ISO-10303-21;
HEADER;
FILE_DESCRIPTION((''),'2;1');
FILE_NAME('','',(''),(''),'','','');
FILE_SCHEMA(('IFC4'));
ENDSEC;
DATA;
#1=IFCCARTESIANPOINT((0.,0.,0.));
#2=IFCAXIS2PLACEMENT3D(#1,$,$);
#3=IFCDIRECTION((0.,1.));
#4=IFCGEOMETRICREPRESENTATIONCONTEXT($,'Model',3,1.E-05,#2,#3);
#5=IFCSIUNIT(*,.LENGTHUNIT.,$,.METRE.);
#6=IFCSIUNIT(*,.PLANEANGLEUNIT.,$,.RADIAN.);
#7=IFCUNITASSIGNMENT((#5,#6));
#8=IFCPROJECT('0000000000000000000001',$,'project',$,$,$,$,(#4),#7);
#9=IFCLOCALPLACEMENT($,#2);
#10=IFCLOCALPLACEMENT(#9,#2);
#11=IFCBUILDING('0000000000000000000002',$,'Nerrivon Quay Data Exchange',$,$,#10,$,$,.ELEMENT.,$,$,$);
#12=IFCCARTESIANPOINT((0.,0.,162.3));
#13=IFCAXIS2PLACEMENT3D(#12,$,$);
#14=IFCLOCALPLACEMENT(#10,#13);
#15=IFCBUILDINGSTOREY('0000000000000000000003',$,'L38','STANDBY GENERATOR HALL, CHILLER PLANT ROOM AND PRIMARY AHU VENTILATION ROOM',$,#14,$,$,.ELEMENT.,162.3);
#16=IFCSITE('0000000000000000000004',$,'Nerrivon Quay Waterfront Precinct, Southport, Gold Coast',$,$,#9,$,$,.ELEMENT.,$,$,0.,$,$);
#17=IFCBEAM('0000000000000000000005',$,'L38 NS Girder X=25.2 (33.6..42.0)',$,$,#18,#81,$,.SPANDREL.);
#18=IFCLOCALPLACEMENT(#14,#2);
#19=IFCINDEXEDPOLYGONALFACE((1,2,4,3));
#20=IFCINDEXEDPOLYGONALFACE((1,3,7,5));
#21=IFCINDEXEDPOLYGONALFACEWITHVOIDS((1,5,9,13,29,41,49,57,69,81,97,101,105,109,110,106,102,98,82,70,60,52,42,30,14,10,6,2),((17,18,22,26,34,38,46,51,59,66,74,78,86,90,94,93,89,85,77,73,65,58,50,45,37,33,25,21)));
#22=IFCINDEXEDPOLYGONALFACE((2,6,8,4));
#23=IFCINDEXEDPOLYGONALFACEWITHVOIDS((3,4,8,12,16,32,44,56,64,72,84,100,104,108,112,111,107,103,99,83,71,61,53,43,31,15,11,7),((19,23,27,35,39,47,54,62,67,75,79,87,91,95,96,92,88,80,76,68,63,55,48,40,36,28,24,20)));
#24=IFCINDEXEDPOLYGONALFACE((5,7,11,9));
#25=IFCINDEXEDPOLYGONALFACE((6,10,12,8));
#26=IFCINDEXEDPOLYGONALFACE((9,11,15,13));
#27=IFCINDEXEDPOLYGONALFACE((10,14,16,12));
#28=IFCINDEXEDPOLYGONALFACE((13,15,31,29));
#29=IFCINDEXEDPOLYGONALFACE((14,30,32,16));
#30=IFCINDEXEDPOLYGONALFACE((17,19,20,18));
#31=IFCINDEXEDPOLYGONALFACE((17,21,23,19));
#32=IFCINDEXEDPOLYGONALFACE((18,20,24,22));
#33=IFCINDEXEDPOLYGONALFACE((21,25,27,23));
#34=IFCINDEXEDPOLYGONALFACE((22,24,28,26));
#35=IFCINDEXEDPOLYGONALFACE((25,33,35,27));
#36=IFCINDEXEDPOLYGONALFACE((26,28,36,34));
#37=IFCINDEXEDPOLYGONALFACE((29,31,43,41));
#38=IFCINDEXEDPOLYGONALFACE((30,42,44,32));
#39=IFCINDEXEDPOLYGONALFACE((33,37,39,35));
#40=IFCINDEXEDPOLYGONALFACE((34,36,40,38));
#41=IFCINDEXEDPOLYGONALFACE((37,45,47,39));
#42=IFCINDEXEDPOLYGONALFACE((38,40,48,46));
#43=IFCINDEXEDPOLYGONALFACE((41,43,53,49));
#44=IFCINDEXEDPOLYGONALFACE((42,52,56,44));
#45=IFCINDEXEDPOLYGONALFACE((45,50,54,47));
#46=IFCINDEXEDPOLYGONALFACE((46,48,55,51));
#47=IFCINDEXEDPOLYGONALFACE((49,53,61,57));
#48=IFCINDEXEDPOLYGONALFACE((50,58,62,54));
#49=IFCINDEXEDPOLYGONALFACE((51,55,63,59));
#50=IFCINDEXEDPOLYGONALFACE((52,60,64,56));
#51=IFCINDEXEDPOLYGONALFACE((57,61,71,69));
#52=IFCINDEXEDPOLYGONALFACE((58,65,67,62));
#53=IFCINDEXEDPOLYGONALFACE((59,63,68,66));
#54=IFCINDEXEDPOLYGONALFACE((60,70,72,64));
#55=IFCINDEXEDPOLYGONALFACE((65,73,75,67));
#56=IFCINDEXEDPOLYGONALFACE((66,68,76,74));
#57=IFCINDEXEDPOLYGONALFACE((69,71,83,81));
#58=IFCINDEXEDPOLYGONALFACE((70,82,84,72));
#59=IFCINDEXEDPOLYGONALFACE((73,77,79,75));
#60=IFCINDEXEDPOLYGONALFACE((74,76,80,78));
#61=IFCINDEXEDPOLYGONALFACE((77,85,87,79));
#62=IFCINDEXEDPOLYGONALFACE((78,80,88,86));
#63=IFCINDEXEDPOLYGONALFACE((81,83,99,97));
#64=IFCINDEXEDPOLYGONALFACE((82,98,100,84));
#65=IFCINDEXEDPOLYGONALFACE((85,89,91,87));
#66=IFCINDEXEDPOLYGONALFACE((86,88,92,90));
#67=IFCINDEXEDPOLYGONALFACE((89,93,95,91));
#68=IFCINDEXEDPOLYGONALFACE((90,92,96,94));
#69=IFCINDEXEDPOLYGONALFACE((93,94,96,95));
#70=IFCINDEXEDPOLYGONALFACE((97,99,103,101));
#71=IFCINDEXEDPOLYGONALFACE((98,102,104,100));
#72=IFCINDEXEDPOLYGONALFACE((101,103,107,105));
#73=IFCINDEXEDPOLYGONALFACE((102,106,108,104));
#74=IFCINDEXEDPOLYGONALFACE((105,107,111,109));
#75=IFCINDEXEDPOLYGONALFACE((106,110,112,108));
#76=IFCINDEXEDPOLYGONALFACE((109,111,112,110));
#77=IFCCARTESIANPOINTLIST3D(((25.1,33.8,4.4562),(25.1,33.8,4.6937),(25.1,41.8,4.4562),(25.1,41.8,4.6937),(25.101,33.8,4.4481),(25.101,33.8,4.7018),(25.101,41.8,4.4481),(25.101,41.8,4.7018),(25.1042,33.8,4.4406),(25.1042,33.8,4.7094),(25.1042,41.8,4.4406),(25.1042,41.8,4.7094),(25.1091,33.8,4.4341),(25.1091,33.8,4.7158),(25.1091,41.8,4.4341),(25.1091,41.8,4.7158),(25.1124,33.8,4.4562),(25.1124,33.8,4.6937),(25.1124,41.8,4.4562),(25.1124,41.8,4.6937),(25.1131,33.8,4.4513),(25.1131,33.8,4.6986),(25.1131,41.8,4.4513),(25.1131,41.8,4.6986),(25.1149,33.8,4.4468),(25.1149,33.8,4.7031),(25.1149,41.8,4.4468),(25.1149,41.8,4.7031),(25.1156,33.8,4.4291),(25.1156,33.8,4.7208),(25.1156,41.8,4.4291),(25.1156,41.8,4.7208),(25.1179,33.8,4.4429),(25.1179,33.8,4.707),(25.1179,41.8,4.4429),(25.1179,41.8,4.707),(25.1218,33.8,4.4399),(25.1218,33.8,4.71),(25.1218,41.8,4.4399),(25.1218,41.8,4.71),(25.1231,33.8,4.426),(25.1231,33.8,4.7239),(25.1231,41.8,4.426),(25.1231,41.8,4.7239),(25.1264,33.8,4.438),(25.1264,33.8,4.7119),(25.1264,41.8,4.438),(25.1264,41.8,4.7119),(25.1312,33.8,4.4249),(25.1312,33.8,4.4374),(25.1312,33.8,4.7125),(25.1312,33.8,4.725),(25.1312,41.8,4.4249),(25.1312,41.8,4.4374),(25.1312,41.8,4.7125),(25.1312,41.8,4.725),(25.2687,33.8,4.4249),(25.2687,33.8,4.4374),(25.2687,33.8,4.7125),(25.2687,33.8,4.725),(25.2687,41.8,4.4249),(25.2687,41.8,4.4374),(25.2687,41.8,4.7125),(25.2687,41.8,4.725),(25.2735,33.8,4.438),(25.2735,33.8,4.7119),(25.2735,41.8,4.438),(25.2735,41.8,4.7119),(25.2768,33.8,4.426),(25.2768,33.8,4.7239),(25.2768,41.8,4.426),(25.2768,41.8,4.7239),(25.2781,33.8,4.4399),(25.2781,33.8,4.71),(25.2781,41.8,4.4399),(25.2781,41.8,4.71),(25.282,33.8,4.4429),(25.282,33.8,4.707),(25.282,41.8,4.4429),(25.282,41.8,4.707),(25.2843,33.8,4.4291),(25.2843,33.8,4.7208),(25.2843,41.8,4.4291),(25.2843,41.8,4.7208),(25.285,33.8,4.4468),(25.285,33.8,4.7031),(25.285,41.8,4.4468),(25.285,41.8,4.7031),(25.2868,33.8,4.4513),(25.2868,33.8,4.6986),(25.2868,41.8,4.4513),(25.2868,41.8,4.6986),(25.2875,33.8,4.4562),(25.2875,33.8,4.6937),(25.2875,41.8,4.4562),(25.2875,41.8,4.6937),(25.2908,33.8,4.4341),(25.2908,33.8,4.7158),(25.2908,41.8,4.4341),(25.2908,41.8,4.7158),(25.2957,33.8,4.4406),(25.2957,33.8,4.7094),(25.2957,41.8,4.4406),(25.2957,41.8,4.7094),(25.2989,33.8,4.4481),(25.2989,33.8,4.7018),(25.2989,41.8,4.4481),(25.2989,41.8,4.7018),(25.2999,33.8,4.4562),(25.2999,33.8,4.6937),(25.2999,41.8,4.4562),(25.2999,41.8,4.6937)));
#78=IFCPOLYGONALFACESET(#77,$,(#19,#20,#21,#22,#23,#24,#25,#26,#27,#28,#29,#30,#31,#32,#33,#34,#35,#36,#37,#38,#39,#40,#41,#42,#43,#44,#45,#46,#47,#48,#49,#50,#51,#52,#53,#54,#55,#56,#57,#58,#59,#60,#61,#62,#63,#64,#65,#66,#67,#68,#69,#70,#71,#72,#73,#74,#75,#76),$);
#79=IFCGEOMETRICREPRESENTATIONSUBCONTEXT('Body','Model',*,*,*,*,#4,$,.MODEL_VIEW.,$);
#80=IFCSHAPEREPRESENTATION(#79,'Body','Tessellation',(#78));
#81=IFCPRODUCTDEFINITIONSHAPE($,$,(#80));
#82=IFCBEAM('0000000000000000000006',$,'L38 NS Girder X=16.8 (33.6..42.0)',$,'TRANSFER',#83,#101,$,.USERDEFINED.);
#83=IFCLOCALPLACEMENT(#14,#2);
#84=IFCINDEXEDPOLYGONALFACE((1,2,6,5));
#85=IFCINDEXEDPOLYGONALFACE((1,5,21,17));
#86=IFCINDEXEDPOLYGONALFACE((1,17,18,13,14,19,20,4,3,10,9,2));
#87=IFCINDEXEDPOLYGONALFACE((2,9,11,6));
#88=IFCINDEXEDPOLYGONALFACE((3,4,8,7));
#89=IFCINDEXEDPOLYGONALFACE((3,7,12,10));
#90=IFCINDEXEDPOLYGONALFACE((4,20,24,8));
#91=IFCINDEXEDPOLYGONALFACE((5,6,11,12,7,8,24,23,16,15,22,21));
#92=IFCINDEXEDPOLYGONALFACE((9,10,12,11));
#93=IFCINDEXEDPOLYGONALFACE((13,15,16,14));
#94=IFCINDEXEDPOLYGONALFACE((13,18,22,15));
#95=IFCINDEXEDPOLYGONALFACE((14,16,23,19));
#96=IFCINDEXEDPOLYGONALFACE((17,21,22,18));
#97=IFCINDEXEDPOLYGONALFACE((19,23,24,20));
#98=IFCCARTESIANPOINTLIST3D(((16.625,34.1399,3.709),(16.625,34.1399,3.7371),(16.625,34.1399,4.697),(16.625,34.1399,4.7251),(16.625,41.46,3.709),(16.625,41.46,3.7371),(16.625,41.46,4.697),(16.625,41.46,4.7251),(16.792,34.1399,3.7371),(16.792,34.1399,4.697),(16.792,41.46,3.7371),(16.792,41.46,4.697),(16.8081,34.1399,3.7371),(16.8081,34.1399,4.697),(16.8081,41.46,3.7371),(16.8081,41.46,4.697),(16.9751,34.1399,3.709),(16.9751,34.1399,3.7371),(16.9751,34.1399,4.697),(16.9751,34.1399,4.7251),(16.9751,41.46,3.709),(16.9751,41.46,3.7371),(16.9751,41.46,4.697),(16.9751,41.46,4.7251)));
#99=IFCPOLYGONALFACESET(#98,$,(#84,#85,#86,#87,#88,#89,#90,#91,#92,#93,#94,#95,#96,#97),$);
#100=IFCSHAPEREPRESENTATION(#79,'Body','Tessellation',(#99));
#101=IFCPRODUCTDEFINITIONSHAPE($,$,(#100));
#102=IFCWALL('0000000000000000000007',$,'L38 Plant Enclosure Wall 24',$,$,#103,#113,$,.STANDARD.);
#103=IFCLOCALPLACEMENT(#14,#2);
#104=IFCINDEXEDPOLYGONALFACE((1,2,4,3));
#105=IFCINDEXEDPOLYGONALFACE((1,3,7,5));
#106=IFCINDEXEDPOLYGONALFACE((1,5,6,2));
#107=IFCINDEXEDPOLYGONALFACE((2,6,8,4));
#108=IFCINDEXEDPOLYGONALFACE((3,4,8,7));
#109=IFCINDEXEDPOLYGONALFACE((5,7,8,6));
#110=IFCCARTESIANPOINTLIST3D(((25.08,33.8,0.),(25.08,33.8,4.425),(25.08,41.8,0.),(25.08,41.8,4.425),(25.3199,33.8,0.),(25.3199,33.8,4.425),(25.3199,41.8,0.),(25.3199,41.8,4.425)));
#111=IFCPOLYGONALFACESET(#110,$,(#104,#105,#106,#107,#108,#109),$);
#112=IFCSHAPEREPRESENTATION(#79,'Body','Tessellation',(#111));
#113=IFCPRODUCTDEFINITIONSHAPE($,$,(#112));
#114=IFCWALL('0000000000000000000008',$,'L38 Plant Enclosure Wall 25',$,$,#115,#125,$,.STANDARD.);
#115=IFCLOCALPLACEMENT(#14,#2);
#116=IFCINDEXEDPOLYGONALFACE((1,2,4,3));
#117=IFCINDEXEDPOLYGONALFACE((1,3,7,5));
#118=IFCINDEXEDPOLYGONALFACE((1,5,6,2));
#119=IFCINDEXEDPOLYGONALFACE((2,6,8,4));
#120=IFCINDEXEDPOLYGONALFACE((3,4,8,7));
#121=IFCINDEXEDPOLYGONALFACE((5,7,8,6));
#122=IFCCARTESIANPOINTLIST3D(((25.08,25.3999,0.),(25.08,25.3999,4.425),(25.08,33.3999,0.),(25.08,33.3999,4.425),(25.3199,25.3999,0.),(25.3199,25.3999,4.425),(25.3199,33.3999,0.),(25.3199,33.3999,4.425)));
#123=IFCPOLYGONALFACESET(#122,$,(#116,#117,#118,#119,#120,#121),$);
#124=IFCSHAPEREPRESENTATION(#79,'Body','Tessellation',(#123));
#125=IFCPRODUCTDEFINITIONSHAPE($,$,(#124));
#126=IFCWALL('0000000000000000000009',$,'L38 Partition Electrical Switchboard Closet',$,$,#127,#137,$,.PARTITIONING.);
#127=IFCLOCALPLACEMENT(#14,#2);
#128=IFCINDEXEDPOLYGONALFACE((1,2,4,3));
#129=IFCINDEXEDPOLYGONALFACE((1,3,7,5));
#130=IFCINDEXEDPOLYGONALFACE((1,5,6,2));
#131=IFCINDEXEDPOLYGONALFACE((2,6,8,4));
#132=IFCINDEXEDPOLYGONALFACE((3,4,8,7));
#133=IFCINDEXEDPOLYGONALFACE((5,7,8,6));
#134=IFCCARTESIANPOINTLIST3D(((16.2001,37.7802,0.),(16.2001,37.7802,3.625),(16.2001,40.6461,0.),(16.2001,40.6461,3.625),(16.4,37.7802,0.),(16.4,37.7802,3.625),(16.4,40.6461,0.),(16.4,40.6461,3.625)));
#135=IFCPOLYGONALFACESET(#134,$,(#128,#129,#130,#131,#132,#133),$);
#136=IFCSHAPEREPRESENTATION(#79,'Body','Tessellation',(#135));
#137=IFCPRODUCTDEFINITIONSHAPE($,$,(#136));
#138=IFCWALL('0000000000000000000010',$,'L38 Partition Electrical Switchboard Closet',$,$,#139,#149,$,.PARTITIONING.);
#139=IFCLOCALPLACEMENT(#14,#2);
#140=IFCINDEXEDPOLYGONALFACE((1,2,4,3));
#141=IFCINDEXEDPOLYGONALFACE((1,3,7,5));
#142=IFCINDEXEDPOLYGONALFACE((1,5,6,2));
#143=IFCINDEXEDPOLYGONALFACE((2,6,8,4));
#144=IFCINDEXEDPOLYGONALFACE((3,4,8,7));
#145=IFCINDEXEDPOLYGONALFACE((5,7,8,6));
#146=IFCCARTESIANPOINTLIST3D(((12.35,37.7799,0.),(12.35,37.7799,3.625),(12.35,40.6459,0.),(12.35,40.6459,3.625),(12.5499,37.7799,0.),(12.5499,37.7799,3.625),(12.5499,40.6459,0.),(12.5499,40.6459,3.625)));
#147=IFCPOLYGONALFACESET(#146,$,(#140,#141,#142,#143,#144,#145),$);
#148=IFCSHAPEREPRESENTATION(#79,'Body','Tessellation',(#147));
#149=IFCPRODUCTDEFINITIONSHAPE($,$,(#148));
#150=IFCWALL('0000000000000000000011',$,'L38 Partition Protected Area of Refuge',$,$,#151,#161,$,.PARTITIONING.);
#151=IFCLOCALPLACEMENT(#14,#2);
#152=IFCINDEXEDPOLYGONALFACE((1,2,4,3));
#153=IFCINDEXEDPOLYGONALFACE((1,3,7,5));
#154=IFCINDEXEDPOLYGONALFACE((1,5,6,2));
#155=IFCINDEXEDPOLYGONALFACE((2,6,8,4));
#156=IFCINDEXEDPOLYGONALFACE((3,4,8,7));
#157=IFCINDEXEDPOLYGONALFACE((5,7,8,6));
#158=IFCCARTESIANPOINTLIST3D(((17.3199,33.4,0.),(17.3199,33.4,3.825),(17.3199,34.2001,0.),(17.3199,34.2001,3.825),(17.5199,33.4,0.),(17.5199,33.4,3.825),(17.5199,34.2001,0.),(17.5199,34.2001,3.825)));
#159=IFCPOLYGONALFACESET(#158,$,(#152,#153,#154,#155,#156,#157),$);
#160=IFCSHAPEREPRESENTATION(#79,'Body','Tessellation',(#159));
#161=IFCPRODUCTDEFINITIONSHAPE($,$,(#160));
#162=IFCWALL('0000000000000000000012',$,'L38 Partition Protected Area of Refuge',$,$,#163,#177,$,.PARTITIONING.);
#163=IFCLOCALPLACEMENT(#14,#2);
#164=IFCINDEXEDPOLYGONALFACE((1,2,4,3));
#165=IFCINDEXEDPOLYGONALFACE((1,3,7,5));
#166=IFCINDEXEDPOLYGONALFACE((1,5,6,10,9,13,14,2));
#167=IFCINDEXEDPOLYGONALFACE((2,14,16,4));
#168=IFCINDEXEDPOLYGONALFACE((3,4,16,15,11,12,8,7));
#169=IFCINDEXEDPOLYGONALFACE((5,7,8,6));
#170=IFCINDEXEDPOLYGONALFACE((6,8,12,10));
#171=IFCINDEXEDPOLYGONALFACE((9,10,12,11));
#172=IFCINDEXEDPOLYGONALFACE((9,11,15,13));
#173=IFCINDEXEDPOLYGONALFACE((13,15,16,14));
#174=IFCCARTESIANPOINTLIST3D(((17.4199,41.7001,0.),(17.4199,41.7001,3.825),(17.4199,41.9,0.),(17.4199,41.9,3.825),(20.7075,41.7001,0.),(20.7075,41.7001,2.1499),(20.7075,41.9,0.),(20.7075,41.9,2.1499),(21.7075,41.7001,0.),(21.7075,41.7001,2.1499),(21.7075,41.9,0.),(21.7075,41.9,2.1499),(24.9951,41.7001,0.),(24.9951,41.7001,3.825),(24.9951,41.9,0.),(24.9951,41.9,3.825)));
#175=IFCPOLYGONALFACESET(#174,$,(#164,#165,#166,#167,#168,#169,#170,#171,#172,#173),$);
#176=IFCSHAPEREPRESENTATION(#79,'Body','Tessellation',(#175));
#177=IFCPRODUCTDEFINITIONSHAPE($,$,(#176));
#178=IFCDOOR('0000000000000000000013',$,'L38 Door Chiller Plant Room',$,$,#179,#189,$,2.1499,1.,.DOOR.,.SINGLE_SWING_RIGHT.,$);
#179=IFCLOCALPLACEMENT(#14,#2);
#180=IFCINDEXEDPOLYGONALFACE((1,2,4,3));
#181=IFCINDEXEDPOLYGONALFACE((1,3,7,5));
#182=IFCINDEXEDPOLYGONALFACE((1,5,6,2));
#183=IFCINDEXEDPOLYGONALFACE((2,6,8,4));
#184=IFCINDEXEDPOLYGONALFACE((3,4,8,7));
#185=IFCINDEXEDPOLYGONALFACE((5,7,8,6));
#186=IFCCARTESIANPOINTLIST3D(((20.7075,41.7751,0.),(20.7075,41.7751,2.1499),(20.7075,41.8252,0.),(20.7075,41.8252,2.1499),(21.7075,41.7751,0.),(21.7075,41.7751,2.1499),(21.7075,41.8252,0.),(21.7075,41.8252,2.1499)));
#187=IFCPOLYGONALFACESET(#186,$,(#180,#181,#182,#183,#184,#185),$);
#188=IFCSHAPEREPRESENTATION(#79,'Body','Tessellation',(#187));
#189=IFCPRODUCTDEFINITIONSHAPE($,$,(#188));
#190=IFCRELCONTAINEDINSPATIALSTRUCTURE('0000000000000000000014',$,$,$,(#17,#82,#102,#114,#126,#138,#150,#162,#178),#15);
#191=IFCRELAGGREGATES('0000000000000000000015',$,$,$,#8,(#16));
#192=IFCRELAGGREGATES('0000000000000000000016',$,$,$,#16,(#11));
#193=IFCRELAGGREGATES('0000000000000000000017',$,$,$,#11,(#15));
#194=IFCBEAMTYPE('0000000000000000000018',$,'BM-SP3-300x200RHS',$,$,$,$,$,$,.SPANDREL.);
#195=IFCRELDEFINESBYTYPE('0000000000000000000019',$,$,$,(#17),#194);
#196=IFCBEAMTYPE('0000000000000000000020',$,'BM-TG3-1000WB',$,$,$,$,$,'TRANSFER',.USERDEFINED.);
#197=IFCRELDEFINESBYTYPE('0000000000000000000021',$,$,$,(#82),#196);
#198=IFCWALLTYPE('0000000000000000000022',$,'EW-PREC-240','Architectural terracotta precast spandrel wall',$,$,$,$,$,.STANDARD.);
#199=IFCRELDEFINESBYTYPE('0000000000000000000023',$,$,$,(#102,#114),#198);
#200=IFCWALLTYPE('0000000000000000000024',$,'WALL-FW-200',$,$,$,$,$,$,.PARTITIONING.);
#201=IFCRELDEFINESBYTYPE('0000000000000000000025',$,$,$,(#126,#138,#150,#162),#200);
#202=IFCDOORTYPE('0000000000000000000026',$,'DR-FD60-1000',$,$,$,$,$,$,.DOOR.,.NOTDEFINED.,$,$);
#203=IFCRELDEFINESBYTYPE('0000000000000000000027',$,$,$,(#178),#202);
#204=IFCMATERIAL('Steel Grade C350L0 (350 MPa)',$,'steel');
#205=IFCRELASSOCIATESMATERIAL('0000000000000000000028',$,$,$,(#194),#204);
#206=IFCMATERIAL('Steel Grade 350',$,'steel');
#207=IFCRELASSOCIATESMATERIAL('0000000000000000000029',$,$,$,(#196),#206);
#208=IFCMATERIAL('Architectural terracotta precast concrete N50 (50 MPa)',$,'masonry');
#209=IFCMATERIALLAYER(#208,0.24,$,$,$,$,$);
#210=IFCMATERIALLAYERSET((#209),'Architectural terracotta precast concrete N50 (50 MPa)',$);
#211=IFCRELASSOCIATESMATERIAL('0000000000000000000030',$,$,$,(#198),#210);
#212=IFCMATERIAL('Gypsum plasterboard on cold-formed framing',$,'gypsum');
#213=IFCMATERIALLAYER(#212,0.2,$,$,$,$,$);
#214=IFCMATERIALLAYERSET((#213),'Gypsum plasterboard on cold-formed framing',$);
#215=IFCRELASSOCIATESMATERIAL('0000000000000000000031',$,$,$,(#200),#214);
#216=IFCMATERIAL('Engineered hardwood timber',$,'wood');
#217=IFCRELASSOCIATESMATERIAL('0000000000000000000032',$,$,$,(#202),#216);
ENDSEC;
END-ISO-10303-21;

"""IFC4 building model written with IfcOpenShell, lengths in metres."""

from ifc_helpers import new_model, si_unit, direction, frame, frame_2d, origin, origin_2d, place, context, subcontext, project, spatial, rectangle, hollow_rectangle, i_section, extrude, material, layer, layer_set, material_profile, profile_set, type_object, element, fill, save


model = new_model("IFC4")

# Units and contexts
model_context = context("Model", 3, precision=1e-05, world=origin(), true_north=direction((0.0, 1.0)))
body_context = subcontext(model_context, "Body", "Model", "MODEL_VIEW")
ifc_project = project(units=[si_unit("LENGTHUNIT", "METRE"), si_unit("PLANEANGLEUNIT", "RADIAN")], contexts=[model_context])

# Site, building, storey
site_placement = place(None, origin())
site = spatial("IfcSite", under=ifc_project, at=site_placement, Name="Nerrivon Quay Waterfront Precinct, Southport, Gold Coast", CompositionType="ELEMENT", RefElevation=0.0)
building_placement = place(site_placement, origin())
building = spatial("IfcBuilding", under=site, at=building_placement, Name="Nerrivon Quay Data Exchange", CompositionType="ELEMENT")
storey_placement = place(building_placement, frame((0.0, 0.0, 162.3)))
storey = spatial("IfcBuildingStorey", under=building, at=storey_placement, Name="L38", Description="STANDBY GENERATOR HALL, CHILLER PLANT ROOM AND PRIMARY AHU VENTILATION ROOM", CompositionType="ELEMENT", Elevation=162.3)

# Shared definitions
ifc_material_1 = material(Name="Steel Grade 350", Category="steel")

# Beams
ifc_material_2 = material(Name="Steel Grade C350L0 (350 MPa)", Category="steel")
ifc_material_profile_1 = material_profile(ifc_material_2, hollow_rectangle(XDim=0.2, YDim=0.3, WallThickness=0.0125, InnerFilletRadius=0.0188, OuterFilletRadius=0.0312, at=origin_2d()), Name="300x200x12.5RHS")
ifc_profile_set_1 = profile_set([ifc_material_profile_1], Name="Steel Grade C350L0 (350 MPa)")
beam_type_1 = type_object("IfcBeamType", Name="BM-SP3-300x200RHS", PredefinedType="SPANDREL", material=ifc_profile_set_1)
beam_1_placement = place(storey_placement, frame((25.2, 33.8, 4.575), z_axis=(0.0, 1.0, 0.0), x_axis=(-1.0, 0.0, 0.0)))
element("IfcBeam", 1, at=beam_1_placement, inside=storey, type_object=beam_type_1, Name="L38 NS Girder X=25.2 (33.6..42.0)", PredefinedType="SPANDREL", context=body_context, shape_type="SweptSolid", body=[
    extrude(hollow_rectangle(XDim=0.2, YDim=0.3, WallThickness=0.0125, InnerFilletRadius=0.0188, OuterFilletRadius=0.0312, at=origin_2d()), origin(), (0.0, 0.0, 1.0), 8.0),
])
ifc_material_profile_2 = material_profile(ifc_material_1, i_section(OverallWidth=0.3501, OverallDepth=1.0161, WebThickness=0.0161, FlangeThickness=0.0281, at=origin_2d()), Name="1000WB258")
ifc_profile_set_2 = profile_set([ifc_material_profile_2], Name="Steel Grade 350")
beam_type_2 = type_object("IfcBeamType", Name="BM-TG3-1000WB", ElementType="TRANSFER", PredefinedType="USERDEFINED", material=ifc_profile_set_2)
beam_2_placement = place(storey_placement, frame((16.8, 34.1399, 4.217), z_axis=(0.0, 1.0, 0.0), x_axis=(-1.0, 0.0, 0.0)))
element("IfcBeam", 2, at=beam_2_placement, inside=storey, type_object=beam_type_2, Name="L38 NS Girder X=16.8 (33.6..42.0)", ObjectType="TRANSFER", PredefinedType="USERDEFINED", context=body_context, shape_type="SweptSolid", body=[
    extrude(i_section(OverallWidth=0.3501, OverallDepth=1.0161, WebThickness=0.0161, FlangeThickness=0.0281, at=origin_2d()), origin(), (0.0, 0.0, 1.0), 7.3201),
])

# Walls
ifc_material_3 = material(Name="Architectural terracotta precast concrete N50 (50 MPa)", Category="masonry")
ifc_layer_1 = layer(ifc_material_3, 0.24)
ifc_layer_set_1 = layer_set([ifc_layer_1], Name="Architectural terracotta precast concrete N50 (50 MPa)")
wall_type_1 = type_object("IfcWallType", Name="EW-PREC-240", Description="Architectural terracotta precast spandrel wall", PredefinedType="STANDARD", material=ifc_layer_set_1)
for number, where, z_axis, x_axis, name in (
    (3, (25.2, 41.8, 0.0), (0.0, 0.0, 1.0), (0.0, -1.0, 0.0), "L38 Plant Enclosure Wall 24"),
    (4, (25.2, 33.3999, 0.0), (0.0, 0.0, 1.0), (0.0, -1.0, 0.0), "L38 Plant Enclosure Wall 25"),
):
    element("IfcWall", number, at=place(storey_placement, frame(where, z_axis=z_axis, x_axis=x_axis)), inside=storey, type_object=wall_type_1, Name=name, PredefinedType="STANDARD", context=body_context, shape_type="SweptSolid", body=[
        extrude(rectangle(XDim=8.0, YDim=0.24, at=frame_2d((4.0, 0.0))), origin(), (0.0, 0.0, 1.0), 4.425),
    ])

# Walls
ifc_material_4 = material(Name="Gypsum plasterboard on cold-formed framing", Category="gypsum")
ifc_layer_2 = layer(ifc_material_4, 0.2)
ifc_layer_set_2 = layer_set([ifc_layer_2], Name="Gypsum plasterboard on cold-formed framing")
wall_type_2 = type_object("IfcWallType", Name="WALL-FW-200", PredefinedType="PARTITIONING", material=ifc_layer_set_2)
for number, where, z_axis, x_axis, name in (
    (5, (16.3, 37.78, 0.0), (0.0, 0.0, 1.0), (0.0, 1.0, 0.0), "L38 Partition Electrical Switchboard Closet"),
    (6, (12.45, 40.646, 0.0), (0.0, 0.0, 1.0), (0.0, -1.0, 0.0), "L38 Partition Electrical Switchboard Closet"),
):
    element("IfcWall", number, at=place(storey_placement, frame(where, z_axis=z_axis, x_axis=x_axis)), inside=storey, type_object=wall_type_2, Name=name, PredefinedType="PARTITIONING", context=body_context, shape_type="SweptSolid", body=[
        extrude(rectangle(XDim=2.866, YDim=0.2, at=frame_2d((1.4331, 0.0))), origin(), (0.0, 0.0, 1.0), 3.625),
    ])
wall_1_placement = place(storey_placement, frame((17.4199, 34.2, 0.0), z_axis=(0.0, 0.0, 1.0), x_axis=(0.0, -1.0, 0.0)))
element("IfcWall", 7, at=wall_1_placement, inside=storey, type_object=wall_type_2, Name="L38 Partition Protected Area of Refuge", PredefinedType="PARTITIONING", context=body_context, shape_type="SweptSolid", body=[
    extrude(rectangle(XDim=0.8, YDim=0.2, at=frame_2d((0.3999, 0.0))), origin(), (0.0, 0.0, 1.0), 3.825),
])

# Wall, opening, door
wall_2_placement = place(storey_placement, frame((24.9951, 41.8, 0.0), z_axis=(0.0, 0.0, 1.0), x_axis=(-1.0, 0.0, 0.0)))
wall_2 = element("IfcWall", 8, at=wall_2_placement, inside=storey, type_object=wall_type_2, Name="L38 Partition Protected Area of Refuge", PredefinedType="PARTITIONING", context=body_context, shape_type="SweptSolid", body=[
    extrude(rectangle(XDim=7.5752, YDim=0.2, at=frame_2d((3.7876, 0.0))), origin(), (0.0, 0.0, 1.0), 3.825),
])
opening_1_placement = place(wall_2_placement, frame((3.2876, 0.0, 0.0)))
opening_1 = element("IfcOpeningElement", 9, at=opening_1_placement, cuts=wall_2, PredefinedType="OPENING", context=body_context, shape_type="SweptSolid", body=[
    extrude(rectangle(XDim=1.0, YDim=2.1499, at=frame_2d((0.5, 1.075))), frame((0.0, 0.1099, 0.0), z_axis=(0.0, -1.0, 0.0), x_axis=(1.0, 0.0, 0.0)), (0.0, 0.0, 1.0), 0.22),
])
ifc_material_5 = material(Name="Engineered hardwood timber", Category="wood")
door_type_1 = type_object("IfcDoorType", Name="DR-FD60-1000", OperationType="NOTDEFINED", PredefinedType="DOOR", material=ifc_material_5)
door_1_placement = place(opening_1_placement, origin())
door_1 = element("IfcDoor", 10, at=door_1_placement, inside=storey, type_object=door_type_1, Name="L38 Door Chiller Plant Room", OperationType="SINGLE_SWING_RIGHT", OverallHeight=2.1499, OverallWidth=1.0, PredefinedType="DOOR", context=body_context, shape_type="SweptSolid", body=[
    extrude(rectangle(XDim=1.0, YDim=2.1499, at=frame_2d((0.5, 1.075))), frame((0.0, 0.0249, 0.0), z_axis=(0.0, -1.0, 0.0), x_axis=(1.0, 0.0, 0.0)), (0.0, 0.0, 1.0), 0.05),
])
fill(opening_1, door_1)

save(model, "model.ifc")
